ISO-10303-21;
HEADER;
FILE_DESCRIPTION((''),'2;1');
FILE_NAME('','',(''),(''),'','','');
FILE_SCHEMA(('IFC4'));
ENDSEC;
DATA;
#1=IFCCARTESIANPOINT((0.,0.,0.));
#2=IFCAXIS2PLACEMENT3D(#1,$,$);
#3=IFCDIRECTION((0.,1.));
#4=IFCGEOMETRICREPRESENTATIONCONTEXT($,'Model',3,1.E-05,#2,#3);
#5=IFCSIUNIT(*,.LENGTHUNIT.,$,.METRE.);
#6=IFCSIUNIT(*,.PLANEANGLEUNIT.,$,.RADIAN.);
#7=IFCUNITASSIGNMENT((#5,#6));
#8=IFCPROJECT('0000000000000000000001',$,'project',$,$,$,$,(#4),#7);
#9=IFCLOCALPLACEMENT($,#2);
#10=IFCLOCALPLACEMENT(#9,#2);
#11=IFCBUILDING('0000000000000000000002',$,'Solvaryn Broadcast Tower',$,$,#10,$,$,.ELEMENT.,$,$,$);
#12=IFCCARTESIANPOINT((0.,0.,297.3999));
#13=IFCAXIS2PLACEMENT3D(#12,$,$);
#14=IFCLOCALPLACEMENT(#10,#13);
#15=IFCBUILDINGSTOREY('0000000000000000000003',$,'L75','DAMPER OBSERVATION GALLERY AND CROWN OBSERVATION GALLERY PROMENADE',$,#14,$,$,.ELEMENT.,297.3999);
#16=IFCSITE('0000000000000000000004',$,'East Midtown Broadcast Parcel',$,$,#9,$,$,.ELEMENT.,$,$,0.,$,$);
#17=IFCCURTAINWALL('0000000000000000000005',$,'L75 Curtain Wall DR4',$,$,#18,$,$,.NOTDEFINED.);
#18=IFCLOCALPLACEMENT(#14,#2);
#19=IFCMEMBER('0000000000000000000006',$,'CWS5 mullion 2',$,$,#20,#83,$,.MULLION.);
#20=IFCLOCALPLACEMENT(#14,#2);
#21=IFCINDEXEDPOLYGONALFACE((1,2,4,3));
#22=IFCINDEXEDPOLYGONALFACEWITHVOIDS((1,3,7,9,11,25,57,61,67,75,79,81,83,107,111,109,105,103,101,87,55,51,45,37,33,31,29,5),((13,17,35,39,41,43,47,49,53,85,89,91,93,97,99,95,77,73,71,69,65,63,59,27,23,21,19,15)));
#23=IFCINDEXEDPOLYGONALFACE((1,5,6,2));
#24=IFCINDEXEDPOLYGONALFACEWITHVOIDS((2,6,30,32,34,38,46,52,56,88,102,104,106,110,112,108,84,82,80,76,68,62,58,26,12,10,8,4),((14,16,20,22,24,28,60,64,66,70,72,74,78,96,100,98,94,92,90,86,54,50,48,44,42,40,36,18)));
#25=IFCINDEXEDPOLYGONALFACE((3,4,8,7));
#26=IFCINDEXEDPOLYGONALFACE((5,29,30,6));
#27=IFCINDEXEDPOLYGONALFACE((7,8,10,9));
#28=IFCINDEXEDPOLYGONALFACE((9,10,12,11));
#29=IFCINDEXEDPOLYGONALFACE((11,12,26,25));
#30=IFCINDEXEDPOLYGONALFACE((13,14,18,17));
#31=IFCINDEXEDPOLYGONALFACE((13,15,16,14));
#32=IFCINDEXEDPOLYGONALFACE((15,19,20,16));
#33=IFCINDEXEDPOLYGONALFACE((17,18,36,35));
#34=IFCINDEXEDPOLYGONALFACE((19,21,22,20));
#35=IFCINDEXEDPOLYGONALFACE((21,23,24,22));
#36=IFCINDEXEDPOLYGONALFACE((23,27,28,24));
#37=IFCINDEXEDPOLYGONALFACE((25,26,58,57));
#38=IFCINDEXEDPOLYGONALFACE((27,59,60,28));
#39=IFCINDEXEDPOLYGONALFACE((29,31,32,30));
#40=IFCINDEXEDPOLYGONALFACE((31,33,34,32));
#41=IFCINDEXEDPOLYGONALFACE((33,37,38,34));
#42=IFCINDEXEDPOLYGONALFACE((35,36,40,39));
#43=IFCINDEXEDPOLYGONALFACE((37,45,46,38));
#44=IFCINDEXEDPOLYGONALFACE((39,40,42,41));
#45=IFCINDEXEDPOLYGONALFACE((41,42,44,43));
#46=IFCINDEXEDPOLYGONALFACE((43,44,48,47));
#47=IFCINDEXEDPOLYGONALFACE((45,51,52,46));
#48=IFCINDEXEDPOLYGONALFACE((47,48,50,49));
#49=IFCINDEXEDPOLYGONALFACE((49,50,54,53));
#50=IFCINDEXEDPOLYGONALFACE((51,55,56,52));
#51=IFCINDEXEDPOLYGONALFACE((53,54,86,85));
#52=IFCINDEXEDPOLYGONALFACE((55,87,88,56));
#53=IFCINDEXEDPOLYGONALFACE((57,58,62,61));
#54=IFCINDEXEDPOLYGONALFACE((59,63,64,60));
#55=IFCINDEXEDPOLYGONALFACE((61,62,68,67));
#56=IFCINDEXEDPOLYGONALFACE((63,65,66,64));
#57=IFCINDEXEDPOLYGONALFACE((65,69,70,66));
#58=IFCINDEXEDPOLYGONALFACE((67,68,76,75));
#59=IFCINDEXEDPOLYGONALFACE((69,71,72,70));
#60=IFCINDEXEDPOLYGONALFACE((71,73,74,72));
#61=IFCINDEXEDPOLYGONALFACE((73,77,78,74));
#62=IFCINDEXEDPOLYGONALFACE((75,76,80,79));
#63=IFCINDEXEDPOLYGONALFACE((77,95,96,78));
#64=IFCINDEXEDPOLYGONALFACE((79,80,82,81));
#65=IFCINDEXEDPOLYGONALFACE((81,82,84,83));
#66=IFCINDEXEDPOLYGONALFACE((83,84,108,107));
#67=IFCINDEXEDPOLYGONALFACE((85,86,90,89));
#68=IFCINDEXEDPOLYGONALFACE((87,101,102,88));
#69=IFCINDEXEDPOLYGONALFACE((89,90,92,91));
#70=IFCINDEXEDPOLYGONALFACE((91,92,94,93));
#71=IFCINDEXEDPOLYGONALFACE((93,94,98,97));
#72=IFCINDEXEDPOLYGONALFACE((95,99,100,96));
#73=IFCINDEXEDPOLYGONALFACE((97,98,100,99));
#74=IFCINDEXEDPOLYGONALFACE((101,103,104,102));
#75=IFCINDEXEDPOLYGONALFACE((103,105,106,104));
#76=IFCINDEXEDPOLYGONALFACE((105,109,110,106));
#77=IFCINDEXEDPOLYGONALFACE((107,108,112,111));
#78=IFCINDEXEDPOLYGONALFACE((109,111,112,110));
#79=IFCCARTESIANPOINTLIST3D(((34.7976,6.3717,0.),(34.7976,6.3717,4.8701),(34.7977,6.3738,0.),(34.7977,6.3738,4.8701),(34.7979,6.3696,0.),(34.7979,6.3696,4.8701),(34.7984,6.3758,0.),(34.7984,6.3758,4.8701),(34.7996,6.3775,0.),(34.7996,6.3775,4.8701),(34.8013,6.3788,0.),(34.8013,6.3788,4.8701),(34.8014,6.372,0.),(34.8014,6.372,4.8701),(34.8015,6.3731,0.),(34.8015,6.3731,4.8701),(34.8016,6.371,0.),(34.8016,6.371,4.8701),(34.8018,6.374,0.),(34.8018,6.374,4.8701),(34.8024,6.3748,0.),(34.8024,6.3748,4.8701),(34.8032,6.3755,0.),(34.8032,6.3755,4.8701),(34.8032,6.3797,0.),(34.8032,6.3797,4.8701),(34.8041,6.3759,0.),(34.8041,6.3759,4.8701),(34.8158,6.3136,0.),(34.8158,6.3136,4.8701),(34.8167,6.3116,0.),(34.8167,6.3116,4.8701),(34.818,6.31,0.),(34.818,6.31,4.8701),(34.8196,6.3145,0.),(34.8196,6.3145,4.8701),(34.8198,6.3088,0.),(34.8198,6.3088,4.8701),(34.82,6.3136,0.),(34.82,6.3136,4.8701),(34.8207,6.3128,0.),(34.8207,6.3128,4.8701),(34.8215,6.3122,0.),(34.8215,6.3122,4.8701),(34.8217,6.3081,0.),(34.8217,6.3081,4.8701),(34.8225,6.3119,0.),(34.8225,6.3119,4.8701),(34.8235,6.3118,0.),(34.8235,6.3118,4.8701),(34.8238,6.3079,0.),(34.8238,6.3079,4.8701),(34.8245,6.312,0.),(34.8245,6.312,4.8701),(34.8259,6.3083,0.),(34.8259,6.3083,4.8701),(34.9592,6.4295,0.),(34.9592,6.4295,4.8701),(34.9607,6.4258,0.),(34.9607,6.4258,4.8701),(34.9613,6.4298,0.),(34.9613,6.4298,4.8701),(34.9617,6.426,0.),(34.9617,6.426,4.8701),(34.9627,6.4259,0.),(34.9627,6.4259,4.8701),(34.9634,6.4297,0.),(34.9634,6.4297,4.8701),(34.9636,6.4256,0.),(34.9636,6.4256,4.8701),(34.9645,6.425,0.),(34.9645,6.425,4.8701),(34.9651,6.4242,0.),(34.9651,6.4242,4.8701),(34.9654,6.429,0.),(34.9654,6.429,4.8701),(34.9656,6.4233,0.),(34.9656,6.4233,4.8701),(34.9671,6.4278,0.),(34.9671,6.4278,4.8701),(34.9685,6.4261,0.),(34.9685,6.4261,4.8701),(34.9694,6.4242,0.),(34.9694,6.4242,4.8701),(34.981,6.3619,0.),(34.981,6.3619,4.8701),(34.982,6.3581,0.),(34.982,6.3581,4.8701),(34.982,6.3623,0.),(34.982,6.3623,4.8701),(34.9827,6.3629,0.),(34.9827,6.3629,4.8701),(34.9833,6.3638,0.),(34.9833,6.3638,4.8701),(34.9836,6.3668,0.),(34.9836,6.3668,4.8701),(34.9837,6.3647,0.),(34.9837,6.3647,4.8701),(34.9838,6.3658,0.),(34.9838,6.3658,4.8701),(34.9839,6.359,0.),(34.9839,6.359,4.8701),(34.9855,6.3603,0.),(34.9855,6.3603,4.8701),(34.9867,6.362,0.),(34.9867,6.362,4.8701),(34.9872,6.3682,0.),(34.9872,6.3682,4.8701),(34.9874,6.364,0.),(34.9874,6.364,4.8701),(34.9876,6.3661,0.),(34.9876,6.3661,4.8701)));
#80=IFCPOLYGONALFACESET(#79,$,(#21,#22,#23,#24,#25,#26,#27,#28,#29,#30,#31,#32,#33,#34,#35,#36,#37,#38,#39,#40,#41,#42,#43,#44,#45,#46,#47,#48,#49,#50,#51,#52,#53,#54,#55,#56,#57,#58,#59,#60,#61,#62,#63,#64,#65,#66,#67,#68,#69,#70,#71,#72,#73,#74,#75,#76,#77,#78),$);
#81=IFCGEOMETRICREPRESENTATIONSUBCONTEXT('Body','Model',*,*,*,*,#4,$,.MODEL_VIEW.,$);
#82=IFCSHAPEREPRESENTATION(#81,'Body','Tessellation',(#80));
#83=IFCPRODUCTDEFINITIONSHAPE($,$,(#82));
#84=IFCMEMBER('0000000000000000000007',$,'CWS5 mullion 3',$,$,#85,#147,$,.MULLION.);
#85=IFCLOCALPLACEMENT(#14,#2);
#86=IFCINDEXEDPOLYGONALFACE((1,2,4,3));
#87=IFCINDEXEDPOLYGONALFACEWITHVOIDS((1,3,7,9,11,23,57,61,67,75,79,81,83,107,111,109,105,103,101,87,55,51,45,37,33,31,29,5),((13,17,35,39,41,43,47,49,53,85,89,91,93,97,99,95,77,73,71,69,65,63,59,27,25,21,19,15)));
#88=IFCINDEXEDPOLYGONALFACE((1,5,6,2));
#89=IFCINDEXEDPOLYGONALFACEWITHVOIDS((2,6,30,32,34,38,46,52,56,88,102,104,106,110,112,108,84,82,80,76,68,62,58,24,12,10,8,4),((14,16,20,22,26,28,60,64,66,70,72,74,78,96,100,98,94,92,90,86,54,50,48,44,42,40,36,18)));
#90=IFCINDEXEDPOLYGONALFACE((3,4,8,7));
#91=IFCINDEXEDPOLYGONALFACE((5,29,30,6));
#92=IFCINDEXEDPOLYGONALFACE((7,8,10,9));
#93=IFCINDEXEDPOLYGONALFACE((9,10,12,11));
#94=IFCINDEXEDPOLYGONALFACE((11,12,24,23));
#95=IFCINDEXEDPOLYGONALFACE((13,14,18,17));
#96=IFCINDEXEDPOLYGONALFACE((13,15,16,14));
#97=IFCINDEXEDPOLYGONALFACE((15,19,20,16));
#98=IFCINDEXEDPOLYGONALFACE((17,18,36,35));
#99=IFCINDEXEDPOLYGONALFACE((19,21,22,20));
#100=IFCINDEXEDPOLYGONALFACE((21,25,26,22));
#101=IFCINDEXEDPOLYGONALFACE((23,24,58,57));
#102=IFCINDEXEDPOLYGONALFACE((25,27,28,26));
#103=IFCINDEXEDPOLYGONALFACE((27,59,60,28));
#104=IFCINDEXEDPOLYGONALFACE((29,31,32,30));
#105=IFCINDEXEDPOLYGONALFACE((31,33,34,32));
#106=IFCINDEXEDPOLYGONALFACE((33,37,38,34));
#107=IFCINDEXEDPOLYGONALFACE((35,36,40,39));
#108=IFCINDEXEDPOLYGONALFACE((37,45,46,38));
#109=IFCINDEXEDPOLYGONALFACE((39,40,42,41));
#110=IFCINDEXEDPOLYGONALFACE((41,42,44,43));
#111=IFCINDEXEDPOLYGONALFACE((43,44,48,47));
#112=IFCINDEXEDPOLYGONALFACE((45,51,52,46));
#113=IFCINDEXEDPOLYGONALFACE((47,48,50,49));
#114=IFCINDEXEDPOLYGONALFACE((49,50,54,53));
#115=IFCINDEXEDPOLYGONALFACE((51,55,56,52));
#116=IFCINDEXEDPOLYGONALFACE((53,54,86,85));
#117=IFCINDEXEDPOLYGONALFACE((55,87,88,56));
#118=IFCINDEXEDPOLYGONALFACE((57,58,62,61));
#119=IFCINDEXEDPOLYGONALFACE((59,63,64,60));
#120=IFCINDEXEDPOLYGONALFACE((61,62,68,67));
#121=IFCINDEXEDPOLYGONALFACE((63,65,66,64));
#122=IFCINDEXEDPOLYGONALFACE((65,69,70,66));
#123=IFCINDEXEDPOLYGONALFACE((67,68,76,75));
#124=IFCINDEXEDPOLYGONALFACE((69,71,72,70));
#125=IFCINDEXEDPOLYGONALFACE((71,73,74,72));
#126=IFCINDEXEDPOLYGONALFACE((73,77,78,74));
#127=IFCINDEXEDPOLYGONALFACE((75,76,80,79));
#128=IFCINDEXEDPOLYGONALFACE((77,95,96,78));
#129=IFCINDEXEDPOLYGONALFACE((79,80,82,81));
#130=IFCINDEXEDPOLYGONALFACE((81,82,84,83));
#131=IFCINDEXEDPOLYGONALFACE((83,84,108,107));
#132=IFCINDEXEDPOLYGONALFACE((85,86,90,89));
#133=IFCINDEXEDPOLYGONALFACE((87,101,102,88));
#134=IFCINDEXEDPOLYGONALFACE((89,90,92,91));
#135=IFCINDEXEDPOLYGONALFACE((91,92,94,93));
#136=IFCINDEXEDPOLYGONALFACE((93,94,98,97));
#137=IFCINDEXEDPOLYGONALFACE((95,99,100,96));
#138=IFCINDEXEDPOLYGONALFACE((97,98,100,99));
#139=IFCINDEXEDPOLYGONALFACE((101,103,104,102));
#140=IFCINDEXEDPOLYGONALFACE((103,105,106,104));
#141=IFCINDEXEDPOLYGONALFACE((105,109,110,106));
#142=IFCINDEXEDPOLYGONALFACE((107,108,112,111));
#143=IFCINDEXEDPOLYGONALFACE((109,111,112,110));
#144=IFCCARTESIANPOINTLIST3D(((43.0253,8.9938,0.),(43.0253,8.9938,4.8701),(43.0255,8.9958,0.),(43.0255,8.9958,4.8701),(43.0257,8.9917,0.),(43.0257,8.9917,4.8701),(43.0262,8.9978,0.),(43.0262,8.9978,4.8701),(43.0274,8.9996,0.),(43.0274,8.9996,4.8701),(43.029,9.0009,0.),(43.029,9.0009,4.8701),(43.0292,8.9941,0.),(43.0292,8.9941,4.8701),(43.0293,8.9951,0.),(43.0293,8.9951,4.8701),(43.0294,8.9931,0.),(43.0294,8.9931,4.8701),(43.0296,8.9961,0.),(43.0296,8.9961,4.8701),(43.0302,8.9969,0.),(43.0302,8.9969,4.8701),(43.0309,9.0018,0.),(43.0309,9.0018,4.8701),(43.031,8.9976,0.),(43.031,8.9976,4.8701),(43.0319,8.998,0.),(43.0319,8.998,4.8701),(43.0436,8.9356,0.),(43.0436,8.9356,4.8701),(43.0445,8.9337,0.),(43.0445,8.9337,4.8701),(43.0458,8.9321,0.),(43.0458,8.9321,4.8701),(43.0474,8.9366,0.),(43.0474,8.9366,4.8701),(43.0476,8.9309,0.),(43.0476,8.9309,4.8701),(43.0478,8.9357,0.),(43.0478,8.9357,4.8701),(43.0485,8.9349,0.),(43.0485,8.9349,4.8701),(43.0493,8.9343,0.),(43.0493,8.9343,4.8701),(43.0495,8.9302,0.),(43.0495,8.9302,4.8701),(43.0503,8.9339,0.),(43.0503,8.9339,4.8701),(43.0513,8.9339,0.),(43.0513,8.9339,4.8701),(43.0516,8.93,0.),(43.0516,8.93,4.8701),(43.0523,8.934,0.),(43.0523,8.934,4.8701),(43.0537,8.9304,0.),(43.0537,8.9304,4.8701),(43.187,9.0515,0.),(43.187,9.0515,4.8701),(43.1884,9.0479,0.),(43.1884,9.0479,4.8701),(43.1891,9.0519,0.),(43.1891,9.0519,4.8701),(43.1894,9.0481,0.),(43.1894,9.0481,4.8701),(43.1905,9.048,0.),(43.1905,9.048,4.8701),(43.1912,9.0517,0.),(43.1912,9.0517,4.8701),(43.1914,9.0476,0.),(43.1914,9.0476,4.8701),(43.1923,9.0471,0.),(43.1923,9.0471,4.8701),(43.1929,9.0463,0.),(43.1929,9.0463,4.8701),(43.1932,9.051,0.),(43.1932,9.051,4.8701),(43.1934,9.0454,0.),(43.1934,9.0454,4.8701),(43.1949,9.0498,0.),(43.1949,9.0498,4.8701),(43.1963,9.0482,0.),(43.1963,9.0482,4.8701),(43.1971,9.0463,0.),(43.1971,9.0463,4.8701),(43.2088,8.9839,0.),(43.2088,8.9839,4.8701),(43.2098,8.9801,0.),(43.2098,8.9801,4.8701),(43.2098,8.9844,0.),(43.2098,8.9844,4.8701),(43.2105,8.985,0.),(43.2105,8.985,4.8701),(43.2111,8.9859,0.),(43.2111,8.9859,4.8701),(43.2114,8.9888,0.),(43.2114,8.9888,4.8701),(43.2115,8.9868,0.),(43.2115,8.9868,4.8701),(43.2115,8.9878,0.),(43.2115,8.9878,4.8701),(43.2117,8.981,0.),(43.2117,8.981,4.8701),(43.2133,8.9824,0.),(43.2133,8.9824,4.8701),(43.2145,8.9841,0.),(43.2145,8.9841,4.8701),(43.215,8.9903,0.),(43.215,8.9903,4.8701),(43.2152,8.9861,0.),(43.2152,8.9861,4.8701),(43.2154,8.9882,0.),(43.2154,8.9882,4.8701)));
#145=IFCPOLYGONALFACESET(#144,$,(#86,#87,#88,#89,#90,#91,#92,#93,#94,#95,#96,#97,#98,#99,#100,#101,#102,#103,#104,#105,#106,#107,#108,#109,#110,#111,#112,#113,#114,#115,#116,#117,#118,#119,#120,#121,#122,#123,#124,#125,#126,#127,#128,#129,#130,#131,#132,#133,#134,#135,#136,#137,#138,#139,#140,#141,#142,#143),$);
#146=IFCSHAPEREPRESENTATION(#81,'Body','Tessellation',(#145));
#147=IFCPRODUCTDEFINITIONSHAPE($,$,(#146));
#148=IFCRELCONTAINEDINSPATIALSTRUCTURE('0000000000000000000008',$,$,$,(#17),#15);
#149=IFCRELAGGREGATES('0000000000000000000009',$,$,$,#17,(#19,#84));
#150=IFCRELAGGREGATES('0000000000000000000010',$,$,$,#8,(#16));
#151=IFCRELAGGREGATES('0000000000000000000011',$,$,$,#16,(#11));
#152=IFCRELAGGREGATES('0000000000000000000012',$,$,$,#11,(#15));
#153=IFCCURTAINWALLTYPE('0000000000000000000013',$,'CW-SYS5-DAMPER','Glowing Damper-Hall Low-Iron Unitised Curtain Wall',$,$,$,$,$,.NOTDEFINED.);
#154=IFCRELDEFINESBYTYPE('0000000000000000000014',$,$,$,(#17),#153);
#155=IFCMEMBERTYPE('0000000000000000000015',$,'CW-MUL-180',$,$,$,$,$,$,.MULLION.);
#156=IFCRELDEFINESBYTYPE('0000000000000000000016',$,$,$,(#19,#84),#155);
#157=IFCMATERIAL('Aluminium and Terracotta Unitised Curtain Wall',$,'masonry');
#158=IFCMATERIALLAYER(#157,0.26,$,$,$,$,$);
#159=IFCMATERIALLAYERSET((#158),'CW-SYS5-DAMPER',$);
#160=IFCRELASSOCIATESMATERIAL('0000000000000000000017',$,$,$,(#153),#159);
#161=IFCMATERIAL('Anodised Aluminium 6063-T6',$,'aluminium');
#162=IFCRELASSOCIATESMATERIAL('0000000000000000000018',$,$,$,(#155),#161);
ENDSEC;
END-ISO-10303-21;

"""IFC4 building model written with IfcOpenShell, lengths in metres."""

from ifc_helpers import new_model, si_unit, direction, frame, origin, origin_2d, place, context, subcontext, project, spatial, hollow_rectangle, extrude, material, layer, layer_set, material_profile, profile_set, type_object, element, aggregate, save


model = new_model("IFC4")

# Units and contexts
model_context = context("Model", 3, precision=1e-05, world=origin(), true_north=direction((0.0, 1.0)))
body_context = subcontext(model_context, "Body", "Model", "MODEL_VIEW")
ifc_project = project(units=[si_unit("LENGTHUNIT", "METRE"), si_unit("PLANEANGLEUNIT", "RADIAN")], contexts=[model_context])

# Site, building, storey
site_placement = place(None, origin())
site = spatial("IfcSite", under=ifc_project, at=site_placement, Name="East Midtown Broadcast Parcel", CompositionType="ELEMENT", RefElevation=0.0)
building_placement = place(site_placement, origin())
building = spatial("IfcBuilding", under=site, at=building_placement, Name="Solvaryn Broadcast Tower", CompositionType="ELEMENT")
storey_placement = place(building_placement, frame((0.0, 0.0, 297.3999)))
storey = spatial("IfcBuildingStorey", under=building, at=storey_placement, Name="L75", Description="DAMPER OBSERVATION GALLERY AND CROWN OBSERVATION GALLERY PROMENADE", CompositionType="ELEMENT", Elevation=297.3999)

# Curtain wall, members
ifc_material_1 = material(Name="Aluminium and Terracotta Unitised Curtain Wall", Category="masonry")
ifc_layer_1 = layer(ifc_material_1, 0.26)
ifc_layer_set_1 = layer_set([ifc_layer_1], Name="CW-SYS5-DAMPER")
curtain_wall_type = type_object("IfcCurtainWallType", Name="CW-SYS5-DAMPER", Description="Glowing Damper-Hall Low-Iron Unitised Curtain Wall", PredefinedType="NOTDEFINED", material=ifc_layer_set_1)
curtain_wall_1_placement = place(storey_placement, origin())
curtain_wall_1 = element("IfcCurtainWall", 1, at=curtain_wall_1_placement, inside=storey, type_object=curtain_wall_type, Name="L75 Curtain Wall DR4", PredefinedType="NOTDEFINED")
ifc_material_2 = material(Name="Anodised Aluminium 6063-T6", Category="aluminium")
ifc_material_profile_1 = material_profile(ifc_material_2, hollow_rectangle(XDim=0.075, YDim=0.1799, WallThickness=0.0039, InnerFilletRadius=0.0039, OuterFilletRadius=0.0081, at=origin_2d()))
ifc_profile_set_1 = profile_set([ifc_material_profile_1], Name="Anodised Aluminium 6063-T6")
member_type_1 = type_object("IfcMemberType", Name="CW-MUL-180", PredefinedType="MULLION", material=ifc_profile_set_1)
member_1_placement = place(storey_placement, frame((34.8926, 6.3689, 0.0), z_axis=(0.0, 0.0, 1.0), x_axis=(-0.303616, 0.952795, 0.0)))
member_1 = element("IfcMember", 2, at=member_1_placement, type_object=member_type_1, Name="CWS5 mullion 2", PredefinedType="MULLION", context=body_context, shape_type="SweptSolid", body=[
    extrude(hollow_rectangle(XDim=0.075, YDim=0.1799, WallThickness=0.0039, InnerFilletRadius=0.0039, OuterFilletRadius=0.0081, at=origin_2d()), origin(), (0.0, 0.0, 1.0), 4.8701),
])
member_2_placement = place(storey_placement, frame((43.1204, 8.991, 0.0), z_axis=(0.0, 0.0, 1.0), x_axis=(-0.303616, 0.952795, 0.0)))
member_2 = element("IfcMember", 3, at=member_2_placement, type_object=member_type_1, Name="CWS5 mullion 3", PredefinedType="MULLION", context=body_context, shape_type="SweptSolid", body=[
    extrude(hollow_rectangle(XDim=0.075, YDim=0.1799, WallThickness=0.0039, InnerFilletRadius=0.0039, OuterFilletRadius=0.0081, at=origin_2d()), origin(), (0.0, 0.0, 1.0), 4.8701),
])

aggregate(curtain_wall_1, [member_1, member_2])

save(model, "model.ifc")
